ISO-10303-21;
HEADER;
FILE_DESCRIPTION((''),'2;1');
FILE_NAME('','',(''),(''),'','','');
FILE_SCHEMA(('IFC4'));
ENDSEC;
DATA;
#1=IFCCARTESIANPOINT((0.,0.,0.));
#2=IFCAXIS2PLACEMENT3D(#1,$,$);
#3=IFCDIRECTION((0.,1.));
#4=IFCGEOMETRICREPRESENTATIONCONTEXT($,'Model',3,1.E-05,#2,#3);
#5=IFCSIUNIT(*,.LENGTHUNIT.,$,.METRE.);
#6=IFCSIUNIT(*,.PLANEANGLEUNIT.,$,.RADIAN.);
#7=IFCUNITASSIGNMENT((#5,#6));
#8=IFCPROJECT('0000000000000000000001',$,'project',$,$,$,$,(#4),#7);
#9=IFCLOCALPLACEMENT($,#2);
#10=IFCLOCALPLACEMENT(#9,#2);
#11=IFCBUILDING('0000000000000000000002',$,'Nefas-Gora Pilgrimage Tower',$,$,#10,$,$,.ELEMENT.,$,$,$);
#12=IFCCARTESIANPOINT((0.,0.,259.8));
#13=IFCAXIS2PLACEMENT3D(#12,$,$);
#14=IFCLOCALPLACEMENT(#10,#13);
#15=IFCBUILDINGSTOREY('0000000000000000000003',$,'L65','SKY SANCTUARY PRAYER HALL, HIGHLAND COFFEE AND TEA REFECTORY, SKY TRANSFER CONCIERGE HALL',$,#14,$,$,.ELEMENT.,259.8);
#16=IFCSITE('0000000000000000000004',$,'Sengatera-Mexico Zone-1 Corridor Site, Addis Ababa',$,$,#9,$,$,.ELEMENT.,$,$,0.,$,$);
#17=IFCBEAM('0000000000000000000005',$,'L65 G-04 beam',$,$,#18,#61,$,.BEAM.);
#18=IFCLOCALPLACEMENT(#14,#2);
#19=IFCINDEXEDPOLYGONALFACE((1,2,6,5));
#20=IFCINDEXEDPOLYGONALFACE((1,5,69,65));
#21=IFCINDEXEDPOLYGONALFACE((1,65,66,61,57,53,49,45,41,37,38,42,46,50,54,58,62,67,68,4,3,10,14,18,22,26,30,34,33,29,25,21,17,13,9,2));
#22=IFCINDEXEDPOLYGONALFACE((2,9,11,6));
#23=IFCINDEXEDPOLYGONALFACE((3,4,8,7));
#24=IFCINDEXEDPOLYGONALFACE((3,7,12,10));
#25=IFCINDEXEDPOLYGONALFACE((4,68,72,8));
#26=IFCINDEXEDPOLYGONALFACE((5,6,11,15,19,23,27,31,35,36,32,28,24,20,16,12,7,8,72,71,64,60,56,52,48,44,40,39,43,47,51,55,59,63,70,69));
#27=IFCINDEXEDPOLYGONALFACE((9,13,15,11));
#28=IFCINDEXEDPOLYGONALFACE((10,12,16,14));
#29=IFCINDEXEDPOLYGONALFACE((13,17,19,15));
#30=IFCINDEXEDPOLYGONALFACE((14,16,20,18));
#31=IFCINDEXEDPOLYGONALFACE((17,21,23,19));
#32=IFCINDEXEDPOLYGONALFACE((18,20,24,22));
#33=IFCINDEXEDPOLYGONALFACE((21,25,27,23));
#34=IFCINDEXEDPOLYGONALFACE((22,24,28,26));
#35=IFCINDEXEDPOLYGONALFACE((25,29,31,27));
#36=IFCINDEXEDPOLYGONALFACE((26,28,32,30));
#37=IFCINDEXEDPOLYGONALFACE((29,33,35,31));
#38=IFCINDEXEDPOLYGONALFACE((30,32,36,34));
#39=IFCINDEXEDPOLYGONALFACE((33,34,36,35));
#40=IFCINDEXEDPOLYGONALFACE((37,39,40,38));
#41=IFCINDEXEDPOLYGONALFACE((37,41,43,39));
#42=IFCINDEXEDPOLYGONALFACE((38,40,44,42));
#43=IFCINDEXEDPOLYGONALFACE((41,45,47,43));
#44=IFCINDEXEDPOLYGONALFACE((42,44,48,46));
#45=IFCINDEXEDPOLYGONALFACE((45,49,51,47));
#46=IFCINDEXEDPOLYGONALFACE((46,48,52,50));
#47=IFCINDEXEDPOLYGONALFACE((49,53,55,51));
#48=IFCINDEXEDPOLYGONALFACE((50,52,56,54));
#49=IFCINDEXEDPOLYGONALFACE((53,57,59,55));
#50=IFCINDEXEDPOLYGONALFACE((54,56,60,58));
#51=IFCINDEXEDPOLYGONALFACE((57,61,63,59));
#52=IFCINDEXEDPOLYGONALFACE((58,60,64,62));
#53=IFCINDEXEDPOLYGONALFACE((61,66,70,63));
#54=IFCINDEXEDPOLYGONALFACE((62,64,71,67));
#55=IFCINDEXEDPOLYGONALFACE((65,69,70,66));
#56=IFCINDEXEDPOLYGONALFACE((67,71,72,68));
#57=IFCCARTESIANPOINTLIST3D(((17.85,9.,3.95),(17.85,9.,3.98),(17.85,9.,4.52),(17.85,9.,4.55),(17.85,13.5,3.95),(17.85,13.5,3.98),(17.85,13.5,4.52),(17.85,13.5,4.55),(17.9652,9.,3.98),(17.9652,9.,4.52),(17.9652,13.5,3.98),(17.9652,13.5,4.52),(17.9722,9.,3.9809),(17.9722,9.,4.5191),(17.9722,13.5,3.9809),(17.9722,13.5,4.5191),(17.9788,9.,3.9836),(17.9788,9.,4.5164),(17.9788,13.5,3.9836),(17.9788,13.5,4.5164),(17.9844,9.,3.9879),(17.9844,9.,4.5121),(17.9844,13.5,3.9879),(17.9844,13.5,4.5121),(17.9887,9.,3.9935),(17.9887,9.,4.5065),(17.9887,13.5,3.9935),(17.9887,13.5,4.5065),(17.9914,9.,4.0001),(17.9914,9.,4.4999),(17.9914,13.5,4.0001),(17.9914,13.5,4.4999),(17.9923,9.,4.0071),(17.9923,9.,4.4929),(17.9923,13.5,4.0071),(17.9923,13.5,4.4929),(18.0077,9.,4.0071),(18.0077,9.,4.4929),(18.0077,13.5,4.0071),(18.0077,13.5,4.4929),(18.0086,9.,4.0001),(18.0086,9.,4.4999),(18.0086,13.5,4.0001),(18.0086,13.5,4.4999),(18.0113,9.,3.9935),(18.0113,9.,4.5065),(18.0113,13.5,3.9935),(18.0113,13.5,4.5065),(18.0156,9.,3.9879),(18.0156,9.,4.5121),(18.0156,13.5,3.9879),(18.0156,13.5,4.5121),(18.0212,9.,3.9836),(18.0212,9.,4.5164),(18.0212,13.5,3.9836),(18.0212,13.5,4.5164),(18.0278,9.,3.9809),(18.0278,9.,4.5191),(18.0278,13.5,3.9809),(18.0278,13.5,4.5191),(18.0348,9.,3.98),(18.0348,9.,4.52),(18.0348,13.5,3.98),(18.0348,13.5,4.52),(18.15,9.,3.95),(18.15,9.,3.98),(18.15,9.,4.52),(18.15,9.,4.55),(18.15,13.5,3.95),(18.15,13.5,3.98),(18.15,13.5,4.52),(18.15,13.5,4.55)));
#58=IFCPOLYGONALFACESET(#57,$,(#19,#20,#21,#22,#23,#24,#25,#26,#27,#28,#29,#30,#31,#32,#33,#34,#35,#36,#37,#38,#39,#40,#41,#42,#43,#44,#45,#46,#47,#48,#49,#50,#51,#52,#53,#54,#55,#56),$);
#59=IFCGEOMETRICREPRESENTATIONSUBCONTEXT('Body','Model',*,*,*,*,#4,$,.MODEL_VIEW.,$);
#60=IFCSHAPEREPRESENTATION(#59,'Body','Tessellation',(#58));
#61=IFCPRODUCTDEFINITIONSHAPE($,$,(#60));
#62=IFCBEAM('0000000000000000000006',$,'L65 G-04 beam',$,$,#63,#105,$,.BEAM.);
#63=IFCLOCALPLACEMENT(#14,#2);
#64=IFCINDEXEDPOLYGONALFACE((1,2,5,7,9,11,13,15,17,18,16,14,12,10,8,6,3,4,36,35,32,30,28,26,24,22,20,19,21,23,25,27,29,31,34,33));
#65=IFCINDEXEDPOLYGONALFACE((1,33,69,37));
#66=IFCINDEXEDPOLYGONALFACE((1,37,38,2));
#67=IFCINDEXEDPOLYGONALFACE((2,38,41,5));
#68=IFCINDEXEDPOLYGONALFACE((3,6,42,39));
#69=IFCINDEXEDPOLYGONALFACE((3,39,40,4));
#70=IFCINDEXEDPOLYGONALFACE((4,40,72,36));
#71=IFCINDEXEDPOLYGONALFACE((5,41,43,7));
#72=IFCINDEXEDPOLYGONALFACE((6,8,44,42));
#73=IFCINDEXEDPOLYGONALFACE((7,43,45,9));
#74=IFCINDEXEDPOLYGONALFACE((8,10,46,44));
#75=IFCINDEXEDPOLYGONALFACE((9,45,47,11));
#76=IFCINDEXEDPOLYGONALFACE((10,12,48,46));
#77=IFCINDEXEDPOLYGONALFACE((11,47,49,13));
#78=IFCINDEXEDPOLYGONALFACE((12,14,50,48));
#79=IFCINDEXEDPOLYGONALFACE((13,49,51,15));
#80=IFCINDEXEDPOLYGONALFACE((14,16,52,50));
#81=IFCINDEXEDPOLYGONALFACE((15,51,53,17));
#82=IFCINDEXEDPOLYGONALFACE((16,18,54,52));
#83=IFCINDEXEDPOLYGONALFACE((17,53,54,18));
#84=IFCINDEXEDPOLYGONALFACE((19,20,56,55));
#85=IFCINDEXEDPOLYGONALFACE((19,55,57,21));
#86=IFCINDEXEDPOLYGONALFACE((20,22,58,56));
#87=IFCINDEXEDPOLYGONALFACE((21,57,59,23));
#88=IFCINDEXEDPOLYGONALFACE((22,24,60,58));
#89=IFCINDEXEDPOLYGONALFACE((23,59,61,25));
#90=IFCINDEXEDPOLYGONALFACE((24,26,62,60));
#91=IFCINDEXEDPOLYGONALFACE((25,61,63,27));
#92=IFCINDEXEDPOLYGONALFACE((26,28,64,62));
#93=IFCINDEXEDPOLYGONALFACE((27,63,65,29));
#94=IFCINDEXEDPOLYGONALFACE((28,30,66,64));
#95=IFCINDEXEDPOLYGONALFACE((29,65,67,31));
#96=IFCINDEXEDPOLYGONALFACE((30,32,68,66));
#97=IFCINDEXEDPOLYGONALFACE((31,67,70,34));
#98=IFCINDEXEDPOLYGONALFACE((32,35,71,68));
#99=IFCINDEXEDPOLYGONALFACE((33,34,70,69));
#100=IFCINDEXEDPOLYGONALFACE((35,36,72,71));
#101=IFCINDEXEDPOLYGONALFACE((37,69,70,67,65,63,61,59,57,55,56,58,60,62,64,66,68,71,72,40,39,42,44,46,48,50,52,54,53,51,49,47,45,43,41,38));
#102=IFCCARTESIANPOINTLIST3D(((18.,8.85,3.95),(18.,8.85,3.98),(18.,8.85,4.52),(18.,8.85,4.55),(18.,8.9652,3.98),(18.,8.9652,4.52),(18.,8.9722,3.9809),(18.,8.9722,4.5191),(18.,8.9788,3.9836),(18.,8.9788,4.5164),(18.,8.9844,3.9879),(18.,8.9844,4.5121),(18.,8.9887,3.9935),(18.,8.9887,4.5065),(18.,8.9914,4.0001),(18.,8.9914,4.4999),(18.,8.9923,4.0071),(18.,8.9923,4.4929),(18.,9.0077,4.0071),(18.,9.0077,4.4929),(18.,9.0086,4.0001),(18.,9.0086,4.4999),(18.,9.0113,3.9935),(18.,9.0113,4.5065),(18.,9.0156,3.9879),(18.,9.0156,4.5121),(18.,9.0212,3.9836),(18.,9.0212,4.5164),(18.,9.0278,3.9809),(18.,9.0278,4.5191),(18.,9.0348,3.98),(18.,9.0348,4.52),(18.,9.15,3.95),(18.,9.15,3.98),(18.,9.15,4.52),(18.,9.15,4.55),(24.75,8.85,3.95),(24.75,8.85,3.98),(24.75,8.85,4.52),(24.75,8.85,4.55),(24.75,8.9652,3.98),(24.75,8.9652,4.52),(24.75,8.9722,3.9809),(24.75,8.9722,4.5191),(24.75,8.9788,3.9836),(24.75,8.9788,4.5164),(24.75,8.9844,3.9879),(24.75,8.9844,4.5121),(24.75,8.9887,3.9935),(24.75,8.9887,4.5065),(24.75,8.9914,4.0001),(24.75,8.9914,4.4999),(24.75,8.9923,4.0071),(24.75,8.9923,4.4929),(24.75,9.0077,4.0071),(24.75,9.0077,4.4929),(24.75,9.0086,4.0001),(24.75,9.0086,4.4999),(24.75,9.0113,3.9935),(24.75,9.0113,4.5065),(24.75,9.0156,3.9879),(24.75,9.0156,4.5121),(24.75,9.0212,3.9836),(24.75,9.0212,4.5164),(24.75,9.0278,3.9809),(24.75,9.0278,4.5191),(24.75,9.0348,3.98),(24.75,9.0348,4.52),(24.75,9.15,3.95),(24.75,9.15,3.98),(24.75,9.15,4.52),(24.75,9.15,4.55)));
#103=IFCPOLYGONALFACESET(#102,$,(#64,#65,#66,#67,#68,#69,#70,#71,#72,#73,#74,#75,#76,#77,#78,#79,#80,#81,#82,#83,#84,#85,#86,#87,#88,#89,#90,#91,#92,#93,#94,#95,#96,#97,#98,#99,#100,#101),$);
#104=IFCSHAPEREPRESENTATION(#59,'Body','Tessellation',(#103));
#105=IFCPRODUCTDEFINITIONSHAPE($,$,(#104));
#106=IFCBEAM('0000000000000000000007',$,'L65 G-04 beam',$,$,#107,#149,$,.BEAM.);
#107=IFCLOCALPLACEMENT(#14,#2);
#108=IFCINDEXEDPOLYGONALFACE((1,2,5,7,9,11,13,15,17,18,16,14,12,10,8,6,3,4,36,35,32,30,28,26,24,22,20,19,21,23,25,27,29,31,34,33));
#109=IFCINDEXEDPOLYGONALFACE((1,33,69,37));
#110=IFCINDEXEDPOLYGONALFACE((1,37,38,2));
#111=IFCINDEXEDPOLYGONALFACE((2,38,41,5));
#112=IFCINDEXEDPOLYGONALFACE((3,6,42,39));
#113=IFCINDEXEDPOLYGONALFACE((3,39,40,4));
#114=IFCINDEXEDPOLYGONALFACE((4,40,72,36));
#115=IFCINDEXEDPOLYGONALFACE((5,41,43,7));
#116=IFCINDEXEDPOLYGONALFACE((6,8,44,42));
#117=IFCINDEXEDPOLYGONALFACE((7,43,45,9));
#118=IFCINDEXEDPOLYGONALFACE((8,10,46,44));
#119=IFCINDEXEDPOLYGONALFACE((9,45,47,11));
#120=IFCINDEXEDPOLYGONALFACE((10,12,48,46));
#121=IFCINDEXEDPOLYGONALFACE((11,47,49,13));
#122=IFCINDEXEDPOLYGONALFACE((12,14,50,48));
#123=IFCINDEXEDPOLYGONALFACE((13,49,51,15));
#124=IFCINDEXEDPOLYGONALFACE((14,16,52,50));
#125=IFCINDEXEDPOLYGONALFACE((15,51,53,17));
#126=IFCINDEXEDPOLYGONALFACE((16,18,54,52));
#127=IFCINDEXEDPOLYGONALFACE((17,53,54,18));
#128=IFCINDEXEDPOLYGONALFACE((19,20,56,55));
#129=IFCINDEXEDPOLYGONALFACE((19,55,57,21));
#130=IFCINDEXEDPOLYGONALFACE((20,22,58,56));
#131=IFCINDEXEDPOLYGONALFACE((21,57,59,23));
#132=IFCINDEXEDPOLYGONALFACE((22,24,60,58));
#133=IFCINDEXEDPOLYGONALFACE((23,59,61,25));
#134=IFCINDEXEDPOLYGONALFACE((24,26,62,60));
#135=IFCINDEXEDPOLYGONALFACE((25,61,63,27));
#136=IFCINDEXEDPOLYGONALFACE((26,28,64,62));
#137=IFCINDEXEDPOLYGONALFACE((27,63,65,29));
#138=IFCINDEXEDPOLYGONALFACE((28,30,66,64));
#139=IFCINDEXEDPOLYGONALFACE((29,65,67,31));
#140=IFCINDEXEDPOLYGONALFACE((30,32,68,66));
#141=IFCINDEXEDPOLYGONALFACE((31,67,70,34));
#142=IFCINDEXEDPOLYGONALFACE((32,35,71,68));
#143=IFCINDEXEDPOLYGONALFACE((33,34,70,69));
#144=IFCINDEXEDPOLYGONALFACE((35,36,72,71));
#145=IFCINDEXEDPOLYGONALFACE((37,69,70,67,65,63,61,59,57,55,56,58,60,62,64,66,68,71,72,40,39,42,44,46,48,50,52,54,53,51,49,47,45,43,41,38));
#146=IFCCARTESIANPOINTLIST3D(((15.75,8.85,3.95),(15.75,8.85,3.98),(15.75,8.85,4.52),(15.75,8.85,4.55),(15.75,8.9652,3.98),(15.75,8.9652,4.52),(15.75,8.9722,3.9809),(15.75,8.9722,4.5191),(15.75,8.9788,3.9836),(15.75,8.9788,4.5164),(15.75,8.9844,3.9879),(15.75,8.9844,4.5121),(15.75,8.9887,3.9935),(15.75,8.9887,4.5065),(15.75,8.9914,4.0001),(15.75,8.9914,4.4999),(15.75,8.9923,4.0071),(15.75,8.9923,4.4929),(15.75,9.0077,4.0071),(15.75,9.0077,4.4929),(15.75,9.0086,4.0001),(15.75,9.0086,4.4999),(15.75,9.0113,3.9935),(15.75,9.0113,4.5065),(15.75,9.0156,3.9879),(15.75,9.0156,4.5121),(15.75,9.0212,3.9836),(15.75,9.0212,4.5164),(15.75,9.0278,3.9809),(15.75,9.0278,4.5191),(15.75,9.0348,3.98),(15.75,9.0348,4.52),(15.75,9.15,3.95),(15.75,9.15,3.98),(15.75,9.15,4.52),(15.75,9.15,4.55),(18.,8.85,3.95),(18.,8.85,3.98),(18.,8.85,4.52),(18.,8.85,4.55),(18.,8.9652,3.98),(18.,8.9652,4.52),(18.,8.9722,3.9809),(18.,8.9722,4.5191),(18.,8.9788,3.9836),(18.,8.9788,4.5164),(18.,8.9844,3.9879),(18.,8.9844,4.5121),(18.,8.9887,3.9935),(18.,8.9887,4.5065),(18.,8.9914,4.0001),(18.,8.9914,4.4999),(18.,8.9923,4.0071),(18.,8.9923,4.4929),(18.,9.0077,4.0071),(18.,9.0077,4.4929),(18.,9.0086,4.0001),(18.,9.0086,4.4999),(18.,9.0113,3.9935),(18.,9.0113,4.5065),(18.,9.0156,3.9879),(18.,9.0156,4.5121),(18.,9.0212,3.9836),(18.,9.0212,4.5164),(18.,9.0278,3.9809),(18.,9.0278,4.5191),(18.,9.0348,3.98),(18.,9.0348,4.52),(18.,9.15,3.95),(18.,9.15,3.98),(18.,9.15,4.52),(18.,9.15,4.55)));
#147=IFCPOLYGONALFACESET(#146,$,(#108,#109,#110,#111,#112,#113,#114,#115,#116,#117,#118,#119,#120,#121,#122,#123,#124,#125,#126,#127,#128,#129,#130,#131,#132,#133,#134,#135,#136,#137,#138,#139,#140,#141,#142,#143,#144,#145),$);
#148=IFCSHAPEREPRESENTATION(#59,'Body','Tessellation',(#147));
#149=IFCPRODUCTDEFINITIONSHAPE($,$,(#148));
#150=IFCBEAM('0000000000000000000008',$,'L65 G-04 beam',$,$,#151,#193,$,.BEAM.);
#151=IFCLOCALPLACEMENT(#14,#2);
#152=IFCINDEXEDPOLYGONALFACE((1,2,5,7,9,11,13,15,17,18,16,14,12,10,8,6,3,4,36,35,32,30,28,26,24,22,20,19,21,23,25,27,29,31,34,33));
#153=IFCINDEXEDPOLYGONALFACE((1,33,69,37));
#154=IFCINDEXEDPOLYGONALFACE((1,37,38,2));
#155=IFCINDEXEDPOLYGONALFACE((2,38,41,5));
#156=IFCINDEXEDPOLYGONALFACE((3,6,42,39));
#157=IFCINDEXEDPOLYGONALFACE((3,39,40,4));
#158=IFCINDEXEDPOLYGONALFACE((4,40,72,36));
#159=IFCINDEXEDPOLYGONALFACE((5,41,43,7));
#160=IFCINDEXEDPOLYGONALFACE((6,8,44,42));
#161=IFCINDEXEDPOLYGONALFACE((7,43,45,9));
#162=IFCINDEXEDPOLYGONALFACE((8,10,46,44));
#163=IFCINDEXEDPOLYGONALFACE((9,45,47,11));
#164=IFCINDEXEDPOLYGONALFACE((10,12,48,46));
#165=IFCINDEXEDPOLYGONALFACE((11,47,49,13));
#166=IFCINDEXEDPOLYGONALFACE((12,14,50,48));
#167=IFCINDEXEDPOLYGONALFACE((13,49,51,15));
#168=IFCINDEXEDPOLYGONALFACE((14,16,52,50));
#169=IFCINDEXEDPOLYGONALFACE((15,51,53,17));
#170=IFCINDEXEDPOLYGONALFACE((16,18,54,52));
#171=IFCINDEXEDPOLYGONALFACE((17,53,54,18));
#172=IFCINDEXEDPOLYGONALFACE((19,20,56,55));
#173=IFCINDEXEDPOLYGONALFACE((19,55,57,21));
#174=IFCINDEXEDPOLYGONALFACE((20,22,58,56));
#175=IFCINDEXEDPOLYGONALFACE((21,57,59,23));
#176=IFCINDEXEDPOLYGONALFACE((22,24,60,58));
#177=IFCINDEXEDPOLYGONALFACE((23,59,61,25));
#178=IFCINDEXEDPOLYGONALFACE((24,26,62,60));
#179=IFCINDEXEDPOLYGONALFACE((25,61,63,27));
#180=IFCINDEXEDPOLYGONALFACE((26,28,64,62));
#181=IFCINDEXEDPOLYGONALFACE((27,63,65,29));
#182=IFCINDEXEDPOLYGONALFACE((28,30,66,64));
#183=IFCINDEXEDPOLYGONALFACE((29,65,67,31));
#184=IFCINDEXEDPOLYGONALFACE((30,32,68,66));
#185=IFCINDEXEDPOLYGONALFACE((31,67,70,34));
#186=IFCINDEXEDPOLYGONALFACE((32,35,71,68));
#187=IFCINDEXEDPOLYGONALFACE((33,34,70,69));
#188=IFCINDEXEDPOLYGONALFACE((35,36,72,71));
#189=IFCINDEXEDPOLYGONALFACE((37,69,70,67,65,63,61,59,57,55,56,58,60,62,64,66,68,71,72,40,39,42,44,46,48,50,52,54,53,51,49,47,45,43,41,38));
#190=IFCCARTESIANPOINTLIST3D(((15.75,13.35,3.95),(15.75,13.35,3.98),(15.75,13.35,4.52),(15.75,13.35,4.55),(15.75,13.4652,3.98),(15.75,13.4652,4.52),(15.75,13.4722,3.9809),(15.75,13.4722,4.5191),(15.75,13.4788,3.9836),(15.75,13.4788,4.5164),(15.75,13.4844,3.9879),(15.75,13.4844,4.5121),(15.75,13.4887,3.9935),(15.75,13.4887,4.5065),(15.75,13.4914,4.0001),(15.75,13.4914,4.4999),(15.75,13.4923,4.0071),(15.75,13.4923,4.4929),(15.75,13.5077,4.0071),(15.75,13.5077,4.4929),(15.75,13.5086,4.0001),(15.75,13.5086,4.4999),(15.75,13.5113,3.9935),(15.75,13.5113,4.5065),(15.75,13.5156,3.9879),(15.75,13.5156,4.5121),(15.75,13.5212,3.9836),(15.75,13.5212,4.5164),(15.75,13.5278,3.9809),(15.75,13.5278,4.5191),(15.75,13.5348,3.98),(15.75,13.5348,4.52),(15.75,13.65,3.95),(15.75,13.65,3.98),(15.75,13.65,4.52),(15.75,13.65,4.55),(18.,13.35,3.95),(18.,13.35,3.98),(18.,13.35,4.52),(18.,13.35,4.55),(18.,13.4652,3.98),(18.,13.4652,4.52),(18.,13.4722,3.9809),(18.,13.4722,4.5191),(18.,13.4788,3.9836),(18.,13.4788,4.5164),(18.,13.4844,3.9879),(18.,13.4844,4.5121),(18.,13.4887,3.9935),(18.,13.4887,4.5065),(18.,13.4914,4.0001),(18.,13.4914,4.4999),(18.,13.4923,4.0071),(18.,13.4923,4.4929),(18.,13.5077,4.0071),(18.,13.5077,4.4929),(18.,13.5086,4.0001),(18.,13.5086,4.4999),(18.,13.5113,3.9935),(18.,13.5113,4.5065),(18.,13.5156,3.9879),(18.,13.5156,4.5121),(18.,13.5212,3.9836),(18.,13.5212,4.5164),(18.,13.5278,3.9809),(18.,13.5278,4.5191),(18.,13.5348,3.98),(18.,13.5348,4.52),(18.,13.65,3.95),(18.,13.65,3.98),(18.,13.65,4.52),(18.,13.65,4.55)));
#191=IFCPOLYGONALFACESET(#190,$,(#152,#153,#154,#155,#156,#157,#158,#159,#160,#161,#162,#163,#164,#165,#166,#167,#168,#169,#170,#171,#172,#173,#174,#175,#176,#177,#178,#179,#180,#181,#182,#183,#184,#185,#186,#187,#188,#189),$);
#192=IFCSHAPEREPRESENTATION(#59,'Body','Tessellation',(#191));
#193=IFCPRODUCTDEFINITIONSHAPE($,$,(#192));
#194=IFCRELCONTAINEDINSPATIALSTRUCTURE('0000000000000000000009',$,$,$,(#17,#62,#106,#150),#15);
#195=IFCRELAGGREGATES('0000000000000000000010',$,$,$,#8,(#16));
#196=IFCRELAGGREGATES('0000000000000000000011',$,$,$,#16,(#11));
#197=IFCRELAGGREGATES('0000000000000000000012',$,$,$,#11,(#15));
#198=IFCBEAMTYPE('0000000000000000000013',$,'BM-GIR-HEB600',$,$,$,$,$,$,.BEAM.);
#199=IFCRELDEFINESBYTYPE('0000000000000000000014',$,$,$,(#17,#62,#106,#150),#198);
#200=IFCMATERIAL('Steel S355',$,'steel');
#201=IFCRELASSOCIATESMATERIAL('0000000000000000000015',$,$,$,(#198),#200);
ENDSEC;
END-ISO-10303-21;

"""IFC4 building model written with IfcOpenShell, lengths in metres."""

from ifc_helpers import new_model, si_unit, direction, frame, origin, origin_2d, place, context, subcontext, project, spatial, i_section, extrude, source, transform, mapped, material, material_profile, profile_set, type_object, element, save


model = new_model("IFC4")

# Units and contexts
model_context = context("Model", 3, precision=1e-05, world=origin(), true_north=direction((0.0, 1.0)))
body_context = subcontext(model_context, "Body", "Model", "MODEL_VIEW")
ifc_project = project(units=[si_unit("LENGTHUNIT", "METRE"), si_unit("PLANEANGLEUNIT", "RADIAN")], contexts=[model_context])

# Site, building, storey
site_placement = place(None, origin())
site = spatial("IfcSite", under=ifc_project, at=site_placement, Name="Sengatera-Mexico Zone-1 Corridor Site, Addis Ababa", CompositionType="ELEMENT", RefElevation=0.0)
building_placement = place(site_placement, origin())
building = spatial("IfcBuilding", under=site, at=building_placement, Name="Nefas-Gora Pilgrimage Tower", CompositionType="ELEMENT")
storey_placement = place(building_placement, frame((0.0, 0.0, 259.8)))
storey = spatial("IfcBuildingStorey", under=building, at=storey_placement, Name="L65", Description="SKY SANCTUARY PRAYER HALL, HIGHLAND COFFEE AND TEA REFECTORY, SKY TRANSFER CONCIERGE HALL", CompositionType="ELEMENT", Elevation=259.8)

# Beams
ifc_material_1 = material(Name="Steel S355", Category="steel")
ifc_material_profile_1 = material_profile(ifc_material_1, i_section(OverallWidth=0.3, OverallDepth=0.6001, WebThickness=0.0154, FlangeThickness=0.03, FilletRadius=0.0271, at=origin_2d()), Name="HEB 600")
ifc_profile_set_1 = profile_set([ifc_material_profile_1], Name="Steel S355")
beam_type = type_object("IfcBeamType", Name="BM-GIR-HEB600", PredefinedType="BEAM", material=ifc_profile_set_1)
shared_shape_1 = source(origin(), body_context, "Body", "SweptSolid", [
    extrude(i_section(OverallWidth=0.3, OverallDepth=0.6001, WebThickness=0.0154, FlangeThickness=0.03, FilletRadius=0.0271, at=origin_2d()), origin(), (0.0, 0.0, 1.0), 4.5),
])
beam_1_placement = place(storey_placement, frame((18.0, 9.0, 4.25), z_axis=(0.0, 1.0, 0.0), x_axis=(-1.0, 0.0, 0.0)))
element("IfcBeam", 1, at=beam_1_placement, inside=storey, type_object=beam_type, Name="L65 G-04 beam", PredefinedType="BEAM", context=body_context, shape_type="MappedRepresentation", body=[
    mapped(shared_shape_1, transform((0.0, 0.0, 0.0), x_axis=(1.0, 0.0, 0.0), y_axis=(0.0, 1.0, 0.0), z_axis=(0.0, 0.0, 1.0), scale=1.0)),
])
shared_shape_2 = source(origin(), body_context, "Body", "SweptSolid", [
    extrude(i_section(OverallWidth=0.3, OverallDepth=0.6001, WebThickness=0.0154, FlangeThickness=0.03, FilletRadius=0.0271, at=origin_2d()), origin(), (0.0, 0.0, 1.0), 6.75),
])
beam_2_placement = place(storey_placement, frame((18.0, 9.0, 4.25), z_axis=(1.0, 0.0, 0.0), x_axis=(0.0, 1.0, 0.0)))
element("IfcBeam", 2, at=beam_2_placement, inside=storey, type_object=beam_type, Name="L65 G-04 beam", PredefinedType="BEAM", context=body_context, shape_type="MappedRepresentation", body=[
    mapped(shared_shape_2, transform((0.0, 0.0, 0.0), x_axis=(1.0, 0.0, 0.0), y_axis=(0.0, 1.0, 0.0), z_axis=(0.0, 0.0, 1.0), scale=1.0)),
])
shared_shape_3 = source(origin(), body_context, "Body", "SweptSolid", [
    extrude(i_section(OverallWidth=0.3, OverallDepth=0.6001, WebThickness=0.0154, FlangeThickness=0.03, FilletRadius=0.0271, at=origin_2d()), origin(), (0.0, 0.0, 1.0), 2.25),
])
for number, where, z_axis, x_axis, name in (
    (3, (15.75, 9.0, 4.25), (1.0, 0.0, 0.0), (0.0, 1.0, 0.0), "L65 G-04 beam"),
    (4, (15.75, 13.5, 4.25), (1.0, 0.0, 0.0), (0.0, 1.0, 0.0), "L65 G-04 beam"),
):
    element("IfcBeam", number, at=place(storey_placement, frame(where, z_axis=z_axis, x_axis=x_axis)), inside=storey, type_object=beam_type, Name=name, PredefinedType="BEAM", context=body_context, shape_type="MappedRepresentation", body=[
        mapped(shared_shape_3, transform((0.0, 0.0, 0.0), x_axis=(1.0, 0.0, 0.0), y_axis=(0.0, 1.0, 0.0), z_axis=(0.0, 0.0, 1.0), scale=1.0)),
    ])

save(model, "model.ifc")
